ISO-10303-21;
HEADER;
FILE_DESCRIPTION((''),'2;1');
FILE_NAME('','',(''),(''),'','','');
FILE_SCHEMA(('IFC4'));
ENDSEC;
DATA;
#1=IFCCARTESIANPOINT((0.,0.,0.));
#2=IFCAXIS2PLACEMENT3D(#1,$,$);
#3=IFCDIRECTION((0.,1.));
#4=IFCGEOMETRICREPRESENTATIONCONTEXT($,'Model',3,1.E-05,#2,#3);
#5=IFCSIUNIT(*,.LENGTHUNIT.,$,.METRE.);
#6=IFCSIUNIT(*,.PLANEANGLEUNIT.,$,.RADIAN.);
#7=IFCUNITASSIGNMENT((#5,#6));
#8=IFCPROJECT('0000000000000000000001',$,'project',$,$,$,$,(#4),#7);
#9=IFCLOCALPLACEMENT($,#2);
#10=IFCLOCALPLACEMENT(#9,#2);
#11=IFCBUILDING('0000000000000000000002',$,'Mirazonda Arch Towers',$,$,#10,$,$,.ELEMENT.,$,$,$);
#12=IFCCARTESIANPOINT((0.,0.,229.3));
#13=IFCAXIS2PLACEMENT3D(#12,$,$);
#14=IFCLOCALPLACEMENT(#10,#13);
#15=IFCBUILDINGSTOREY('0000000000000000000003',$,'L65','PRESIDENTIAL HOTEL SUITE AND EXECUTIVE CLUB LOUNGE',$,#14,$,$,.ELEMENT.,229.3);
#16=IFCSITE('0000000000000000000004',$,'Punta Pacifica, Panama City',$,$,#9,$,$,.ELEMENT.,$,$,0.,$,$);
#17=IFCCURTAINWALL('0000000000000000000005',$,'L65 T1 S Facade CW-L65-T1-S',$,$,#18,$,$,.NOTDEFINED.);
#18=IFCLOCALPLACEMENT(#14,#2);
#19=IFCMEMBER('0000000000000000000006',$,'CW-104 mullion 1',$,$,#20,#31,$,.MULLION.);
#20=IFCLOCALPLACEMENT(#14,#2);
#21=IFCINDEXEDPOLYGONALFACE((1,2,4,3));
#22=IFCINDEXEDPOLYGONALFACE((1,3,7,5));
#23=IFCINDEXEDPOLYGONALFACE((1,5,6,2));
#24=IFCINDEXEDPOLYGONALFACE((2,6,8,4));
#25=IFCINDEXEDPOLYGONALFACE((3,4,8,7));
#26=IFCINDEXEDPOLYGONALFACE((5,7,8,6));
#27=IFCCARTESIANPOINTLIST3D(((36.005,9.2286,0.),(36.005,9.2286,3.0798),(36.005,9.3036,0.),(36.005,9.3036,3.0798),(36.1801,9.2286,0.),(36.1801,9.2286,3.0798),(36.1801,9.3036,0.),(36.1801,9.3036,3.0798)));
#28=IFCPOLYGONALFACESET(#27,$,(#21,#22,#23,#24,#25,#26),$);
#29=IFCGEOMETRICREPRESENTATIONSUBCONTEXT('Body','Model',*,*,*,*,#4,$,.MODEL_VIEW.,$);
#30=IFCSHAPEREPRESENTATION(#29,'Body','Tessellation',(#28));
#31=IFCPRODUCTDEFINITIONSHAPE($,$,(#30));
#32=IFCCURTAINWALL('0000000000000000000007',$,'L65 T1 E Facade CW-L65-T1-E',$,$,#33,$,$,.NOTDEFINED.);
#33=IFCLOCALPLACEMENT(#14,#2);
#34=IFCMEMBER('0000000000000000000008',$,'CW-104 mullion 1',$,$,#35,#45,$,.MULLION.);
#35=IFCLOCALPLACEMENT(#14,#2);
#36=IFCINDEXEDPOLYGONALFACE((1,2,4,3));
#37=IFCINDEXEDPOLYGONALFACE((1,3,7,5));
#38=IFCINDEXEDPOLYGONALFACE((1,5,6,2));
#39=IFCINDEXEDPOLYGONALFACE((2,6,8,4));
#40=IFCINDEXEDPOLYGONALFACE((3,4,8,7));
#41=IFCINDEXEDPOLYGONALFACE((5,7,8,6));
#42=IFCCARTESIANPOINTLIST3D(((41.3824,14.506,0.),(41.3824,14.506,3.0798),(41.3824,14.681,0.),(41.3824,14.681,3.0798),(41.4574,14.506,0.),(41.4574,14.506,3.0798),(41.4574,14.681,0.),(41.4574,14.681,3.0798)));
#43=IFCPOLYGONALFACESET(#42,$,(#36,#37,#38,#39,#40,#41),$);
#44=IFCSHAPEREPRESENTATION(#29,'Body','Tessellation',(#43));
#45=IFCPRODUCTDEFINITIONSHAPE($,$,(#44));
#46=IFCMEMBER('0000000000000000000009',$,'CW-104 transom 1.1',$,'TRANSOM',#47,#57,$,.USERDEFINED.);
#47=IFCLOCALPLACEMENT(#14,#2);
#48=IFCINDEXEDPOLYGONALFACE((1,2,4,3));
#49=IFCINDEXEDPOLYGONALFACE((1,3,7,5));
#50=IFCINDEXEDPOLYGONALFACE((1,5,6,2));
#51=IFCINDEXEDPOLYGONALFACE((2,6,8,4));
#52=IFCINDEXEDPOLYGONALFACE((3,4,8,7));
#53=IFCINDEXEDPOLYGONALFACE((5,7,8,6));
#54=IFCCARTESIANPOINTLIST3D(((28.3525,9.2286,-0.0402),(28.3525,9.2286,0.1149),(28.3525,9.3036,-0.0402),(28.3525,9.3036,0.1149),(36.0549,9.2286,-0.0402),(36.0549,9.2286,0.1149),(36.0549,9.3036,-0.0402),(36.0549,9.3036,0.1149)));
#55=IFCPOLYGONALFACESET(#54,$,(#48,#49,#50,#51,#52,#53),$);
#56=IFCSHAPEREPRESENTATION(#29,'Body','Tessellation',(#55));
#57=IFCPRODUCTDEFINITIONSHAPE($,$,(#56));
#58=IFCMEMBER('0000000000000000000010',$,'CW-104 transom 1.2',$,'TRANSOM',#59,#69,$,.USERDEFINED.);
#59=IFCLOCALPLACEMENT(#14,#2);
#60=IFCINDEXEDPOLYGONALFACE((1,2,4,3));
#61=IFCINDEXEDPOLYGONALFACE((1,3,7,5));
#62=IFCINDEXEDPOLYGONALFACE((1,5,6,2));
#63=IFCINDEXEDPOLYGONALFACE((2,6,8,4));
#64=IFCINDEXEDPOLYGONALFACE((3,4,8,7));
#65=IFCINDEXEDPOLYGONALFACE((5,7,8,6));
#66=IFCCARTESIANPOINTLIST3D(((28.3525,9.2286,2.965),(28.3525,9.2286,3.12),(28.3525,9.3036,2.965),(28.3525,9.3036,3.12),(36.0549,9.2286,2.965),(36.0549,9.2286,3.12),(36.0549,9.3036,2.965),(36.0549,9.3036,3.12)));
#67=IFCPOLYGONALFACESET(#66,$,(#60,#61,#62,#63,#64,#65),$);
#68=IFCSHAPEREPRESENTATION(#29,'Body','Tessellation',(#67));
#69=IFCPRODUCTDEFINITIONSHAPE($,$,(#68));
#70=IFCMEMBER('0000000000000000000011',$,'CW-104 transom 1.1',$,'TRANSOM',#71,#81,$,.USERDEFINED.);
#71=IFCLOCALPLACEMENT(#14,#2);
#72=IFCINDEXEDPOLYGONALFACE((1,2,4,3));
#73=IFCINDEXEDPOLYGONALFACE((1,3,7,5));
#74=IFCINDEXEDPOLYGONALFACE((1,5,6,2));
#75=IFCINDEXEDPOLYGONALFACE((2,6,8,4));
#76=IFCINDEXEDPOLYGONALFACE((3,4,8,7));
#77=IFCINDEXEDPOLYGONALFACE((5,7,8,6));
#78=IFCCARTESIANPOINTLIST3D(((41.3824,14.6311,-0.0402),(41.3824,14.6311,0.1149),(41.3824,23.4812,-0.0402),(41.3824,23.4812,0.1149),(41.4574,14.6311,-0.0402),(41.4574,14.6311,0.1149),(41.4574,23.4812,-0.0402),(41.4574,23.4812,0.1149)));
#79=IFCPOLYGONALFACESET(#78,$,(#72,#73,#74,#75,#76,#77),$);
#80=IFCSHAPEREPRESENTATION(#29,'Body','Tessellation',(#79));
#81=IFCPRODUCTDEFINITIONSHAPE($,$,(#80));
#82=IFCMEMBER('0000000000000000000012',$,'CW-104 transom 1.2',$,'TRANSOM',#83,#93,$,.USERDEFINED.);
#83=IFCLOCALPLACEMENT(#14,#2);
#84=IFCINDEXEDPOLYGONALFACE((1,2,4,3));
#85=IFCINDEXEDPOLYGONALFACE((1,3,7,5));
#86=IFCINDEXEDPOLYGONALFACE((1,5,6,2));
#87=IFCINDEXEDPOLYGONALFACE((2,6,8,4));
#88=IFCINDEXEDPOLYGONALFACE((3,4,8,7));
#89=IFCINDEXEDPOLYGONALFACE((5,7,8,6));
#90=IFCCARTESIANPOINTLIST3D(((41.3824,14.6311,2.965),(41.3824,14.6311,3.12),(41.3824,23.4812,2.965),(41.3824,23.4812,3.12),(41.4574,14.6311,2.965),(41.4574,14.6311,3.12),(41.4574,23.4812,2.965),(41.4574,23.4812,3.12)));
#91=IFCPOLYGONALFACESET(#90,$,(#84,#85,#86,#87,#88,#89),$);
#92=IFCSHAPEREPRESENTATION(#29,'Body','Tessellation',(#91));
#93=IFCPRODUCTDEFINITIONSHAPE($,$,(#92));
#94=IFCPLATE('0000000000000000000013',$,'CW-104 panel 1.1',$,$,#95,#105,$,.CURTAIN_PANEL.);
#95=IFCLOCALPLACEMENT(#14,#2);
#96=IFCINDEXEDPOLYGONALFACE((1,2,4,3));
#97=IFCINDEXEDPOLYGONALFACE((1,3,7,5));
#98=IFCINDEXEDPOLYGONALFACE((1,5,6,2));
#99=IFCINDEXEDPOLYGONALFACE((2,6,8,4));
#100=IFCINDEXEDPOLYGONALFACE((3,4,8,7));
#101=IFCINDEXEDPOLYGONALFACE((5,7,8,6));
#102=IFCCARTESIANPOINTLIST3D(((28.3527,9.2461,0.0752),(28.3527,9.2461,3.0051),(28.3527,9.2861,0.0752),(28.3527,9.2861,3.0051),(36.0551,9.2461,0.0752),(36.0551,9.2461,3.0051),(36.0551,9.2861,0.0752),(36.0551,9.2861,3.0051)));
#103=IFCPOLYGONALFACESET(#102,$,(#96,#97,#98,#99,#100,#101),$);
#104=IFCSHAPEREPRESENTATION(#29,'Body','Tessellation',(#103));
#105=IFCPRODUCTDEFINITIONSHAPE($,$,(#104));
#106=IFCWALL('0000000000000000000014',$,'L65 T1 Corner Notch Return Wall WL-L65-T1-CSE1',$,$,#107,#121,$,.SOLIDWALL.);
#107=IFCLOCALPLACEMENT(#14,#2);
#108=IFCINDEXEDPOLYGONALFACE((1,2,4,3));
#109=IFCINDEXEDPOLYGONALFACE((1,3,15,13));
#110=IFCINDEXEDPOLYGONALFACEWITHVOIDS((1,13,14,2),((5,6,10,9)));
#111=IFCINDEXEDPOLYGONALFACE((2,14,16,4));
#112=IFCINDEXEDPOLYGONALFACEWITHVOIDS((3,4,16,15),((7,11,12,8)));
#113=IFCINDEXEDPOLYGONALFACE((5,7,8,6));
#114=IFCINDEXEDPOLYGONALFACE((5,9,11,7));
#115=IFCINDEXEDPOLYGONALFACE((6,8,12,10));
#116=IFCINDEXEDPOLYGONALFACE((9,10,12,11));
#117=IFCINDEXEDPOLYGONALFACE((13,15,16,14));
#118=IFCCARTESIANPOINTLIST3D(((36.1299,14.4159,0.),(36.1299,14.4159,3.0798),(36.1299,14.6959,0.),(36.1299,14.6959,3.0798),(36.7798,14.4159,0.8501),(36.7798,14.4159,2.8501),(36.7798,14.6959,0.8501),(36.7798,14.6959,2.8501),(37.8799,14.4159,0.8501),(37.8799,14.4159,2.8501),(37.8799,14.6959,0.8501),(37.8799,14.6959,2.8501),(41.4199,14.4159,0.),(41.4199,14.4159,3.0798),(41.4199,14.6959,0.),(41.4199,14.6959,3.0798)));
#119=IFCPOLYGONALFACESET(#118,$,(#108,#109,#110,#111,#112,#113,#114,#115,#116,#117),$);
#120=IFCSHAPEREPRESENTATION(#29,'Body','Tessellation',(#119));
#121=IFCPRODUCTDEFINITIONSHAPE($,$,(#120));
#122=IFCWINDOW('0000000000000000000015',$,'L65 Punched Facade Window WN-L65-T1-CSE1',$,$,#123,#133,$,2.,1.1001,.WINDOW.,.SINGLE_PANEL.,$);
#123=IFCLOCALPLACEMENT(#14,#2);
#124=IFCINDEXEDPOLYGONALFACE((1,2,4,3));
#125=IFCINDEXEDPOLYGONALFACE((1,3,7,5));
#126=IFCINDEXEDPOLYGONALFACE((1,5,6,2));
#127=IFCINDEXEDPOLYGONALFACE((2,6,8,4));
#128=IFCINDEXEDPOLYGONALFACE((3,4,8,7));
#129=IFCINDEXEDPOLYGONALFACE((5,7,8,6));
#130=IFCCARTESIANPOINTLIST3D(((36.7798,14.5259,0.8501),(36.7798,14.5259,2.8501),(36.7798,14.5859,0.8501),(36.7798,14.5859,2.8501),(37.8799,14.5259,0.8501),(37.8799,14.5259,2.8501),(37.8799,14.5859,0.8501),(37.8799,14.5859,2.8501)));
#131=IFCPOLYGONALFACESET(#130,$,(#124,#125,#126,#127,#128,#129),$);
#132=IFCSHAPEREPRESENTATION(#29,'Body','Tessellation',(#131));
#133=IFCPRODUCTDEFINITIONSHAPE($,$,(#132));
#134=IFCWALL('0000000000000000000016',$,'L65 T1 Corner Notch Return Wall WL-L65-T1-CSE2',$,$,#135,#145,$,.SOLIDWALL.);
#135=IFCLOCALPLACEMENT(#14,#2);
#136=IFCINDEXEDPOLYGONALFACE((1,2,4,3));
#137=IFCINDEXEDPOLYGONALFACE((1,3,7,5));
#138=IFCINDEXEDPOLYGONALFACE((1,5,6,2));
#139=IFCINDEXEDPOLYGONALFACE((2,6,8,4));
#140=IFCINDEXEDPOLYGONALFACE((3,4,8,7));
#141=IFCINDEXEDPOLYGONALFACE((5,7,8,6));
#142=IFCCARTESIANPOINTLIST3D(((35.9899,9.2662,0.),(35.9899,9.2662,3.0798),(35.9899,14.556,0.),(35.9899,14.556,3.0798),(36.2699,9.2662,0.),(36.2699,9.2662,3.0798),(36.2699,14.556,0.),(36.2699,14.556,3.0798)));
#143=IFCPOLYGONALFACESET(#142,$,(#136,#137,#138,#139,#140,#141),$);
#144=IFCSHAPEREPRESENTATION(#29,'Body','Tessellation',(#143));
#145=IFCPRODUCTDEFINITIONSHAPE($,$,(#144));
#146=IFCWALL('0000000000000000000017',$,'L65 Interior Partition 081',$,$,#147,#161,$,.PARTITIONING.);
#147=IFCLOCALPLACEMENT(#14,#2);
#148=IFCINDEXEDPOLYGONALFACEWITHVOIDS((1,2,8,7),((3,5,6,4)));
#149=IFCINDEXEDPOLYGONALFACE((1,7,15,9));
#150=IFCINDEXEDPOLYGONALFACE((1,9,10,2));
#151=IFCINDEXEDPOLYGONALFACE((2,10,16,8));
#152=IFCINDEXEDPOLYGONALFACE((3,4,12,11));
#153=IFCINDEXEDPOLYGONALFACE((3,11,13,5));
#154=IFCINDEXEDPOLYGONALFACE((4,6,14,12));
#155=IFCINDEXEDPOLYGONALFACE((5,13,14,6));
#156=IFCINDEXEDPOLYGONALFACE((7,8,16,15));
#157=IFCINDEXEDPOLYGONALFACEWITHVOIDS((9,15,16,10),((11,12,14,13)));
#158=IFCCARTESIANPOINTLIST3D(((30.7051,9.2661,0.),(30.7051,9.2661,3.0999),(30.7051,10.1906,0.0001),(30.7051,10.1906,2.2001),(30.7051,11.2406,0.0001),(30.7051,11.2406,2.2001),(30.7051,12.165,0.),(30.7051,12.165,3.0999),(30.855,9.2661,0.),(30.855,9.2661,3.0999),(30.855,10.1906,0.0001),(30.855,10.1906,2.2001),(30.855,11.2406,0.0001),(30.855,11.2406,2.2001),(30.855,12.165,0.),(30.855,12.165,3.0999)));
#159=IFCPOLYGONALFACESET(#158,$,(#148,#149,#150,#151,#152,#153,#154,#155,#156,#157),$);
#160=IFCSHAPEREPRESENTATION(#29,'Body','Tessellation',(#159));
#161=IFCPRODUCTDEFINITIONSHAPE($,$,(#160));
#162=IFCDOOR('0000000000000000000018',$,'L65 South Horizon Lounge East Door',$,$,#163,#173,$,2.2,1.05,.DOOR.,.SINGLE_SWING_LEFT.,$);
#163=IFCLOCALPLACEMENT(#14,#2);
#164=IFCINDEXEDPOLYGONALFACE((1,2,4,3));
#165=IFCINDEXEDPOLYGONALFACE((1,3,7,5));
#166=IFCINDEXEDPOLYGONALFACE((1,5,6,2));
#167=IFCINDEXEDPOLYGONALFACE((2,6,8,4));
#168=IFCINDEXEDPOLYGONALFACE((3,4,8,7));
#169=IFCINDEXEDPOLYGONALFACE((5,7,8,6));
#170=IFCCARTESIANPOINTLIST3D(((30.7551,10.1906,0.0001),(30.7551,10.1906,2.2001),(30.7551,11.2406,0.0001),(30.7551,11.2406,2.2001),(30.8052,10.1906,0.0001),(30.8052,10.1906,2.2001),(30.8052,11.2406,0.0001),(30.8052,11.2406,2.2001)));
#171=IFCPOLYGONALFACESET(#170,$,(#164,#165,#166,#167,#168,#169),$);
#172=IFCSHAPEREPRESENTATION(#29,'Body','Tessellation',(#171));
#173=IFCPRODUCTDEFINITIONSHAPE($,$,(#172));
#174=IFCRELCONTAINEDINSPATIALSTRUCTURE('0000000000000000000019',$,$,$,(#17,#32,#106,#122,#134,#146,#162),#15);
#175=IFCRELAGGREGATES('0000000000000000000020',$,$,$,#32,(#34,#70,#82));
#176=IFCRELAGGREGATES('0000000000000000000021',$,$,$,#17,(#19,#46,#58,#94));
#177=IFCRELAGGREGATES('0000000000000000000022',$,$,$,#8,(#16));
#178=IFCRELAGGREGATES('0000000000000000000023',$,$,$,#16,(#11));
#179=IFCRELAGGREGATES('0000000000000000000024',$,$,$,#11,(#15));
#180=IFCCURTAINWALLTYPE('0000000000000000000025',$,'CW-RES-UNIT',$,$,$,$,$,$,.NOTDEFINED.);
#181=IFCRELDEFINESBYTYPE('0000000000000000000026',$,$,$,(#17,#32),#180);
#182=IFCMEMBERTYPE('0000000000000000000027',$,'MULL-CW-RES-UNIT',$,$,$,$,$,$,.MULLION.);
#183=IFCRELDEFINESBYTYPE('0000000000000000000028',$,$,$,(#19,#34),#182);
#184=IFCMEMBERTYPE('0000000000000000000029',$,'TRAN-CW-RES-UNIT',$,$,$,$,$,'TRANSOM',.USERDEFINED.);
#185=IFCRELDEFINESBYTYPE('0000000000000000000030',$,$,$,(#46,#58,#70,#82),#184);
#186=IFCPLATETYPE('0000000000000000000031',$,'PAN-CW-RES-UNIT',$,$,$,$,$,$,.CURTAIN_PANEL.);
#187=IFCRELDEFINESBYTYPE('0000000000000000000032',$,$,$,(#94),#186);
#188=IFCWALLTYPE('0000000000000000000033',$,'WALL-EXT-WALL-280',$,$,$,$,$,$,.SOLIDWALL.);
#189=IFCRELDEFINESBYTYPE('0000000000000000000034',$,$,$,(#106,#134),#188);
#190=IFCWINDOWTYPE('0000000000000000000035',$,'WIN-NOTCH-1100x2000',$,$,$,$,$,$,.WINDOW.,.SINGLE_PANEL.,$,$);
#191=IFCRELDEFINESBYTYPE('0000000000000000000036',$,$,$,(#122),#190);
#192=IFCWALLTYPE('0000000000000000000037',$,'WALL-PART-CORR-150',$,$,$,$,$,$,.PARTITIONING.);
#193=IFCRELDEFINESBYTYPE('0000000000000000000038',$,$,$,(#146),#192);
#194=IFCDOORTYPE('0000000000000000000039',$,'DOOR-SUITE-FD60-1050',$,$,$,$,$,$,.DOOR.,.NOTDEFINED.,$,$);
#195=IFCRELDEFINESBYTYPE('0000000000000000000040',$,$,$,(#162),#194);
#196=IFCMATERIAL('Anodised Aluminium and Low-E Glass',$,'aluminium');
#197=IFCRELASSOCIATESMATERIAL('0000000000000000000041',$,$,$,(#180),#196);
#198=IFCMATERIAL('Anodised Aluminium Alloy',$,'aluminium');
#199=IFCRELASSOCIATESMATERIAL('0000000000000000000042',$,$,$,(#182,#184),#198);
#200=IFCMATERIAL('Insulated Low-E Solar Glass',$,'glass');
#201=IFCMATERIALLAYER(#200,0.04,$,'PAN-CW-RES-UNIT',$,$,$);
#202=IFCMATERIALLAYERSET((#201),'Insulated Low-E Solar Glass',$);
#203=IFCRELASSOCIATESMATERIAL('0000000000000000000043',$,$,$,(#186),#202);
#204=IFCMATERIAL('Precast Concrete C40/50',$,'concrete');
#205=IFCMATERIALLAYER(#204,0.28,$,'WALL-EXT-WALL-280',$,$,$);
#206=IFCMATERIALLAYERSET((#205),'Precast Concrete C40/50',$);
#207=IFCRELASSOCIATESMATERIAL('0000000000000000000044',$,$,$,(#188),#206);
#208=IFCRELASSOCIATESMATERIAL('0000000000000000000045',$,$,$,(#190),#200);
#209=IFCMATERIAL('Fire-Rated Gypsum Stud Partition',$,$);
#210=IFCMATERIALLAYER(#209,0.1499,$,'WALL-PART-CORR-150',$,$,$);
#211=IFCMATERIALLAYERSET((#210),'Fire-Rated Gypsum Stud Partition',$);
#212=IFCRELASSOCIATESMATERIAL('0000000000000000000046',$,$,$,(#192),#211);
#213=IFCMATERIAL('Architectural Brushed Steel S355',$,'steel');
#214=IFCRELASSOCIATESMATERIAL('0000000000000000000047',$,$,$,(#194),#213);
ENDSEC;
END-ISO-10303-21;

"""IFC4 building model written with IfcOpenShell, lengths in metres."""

from ifc_helpers import new_model, si_unit, direction, frame, frame_2d, origin, origin_2d, place, context, subcontext, project, spatial, rectangle, extrude, material, layer, layer_set, material_profile, profile_set, type_object, element, fill, aggregate, save


model = new_model("IFC4")

# Units and contexts
model_context = context("Model", 3, precision=1e-05, world=origin(), true_north=direction((0.0, 1.0)))
body_context = subcontext(model_context, "Body", "Model", "MODEL_VIEW")
ifc_project = project(units=[si_unit("LENGTHUNIT", "METRE"), si_unit("PLANEANGLEUNIT", "RADIAN")], contexts=[model_context])

# Site, building, storey
site_placement = place(None, origin())
site = spatial("IfcSite", under=ifc_project, at=site_placement, Name="Punta Pacifica, Panama City", CompositionType="ELEMENT", RefElevation=0.0)
building_placement = place(site_placement, origin())
building = spatial("IfcBuilding", under=site, at=building_placement, Name="Mirazonda Arch Towers", CompositionType="ELEMENT")
storey_placement = place(building_placement, frame((0.0, 0.0, 229.3)))
storey = spatial("IfcBuildingStorey", under=building, at=storey_placement, Name="L65", Description="PRESIDENTIAL HOTEL SUITE AND EXECUTIVE CLUB LOUNGE", CompositionType="ELEMENT", Elevation=229.3)

# Curtain walls, members
ifc_material_1 = material(Name="Anodised Aluminium and Low-E Glass", Category="aluminium")
curtain_wall_type = type_object("IfcCurtainWallType", Name="CW-RES-UNIT", PredefinedType="NOTDEFINED", material=ifc_material_1)
curtain_wall_1_placement = place(storey_placement, origin())
curtain_wall_1 = element("IfcCurtainWall", 1, at=curtain_wall_1_placement, inside=storey, type_object=curtain_wall_type, Name="L65 T1 S Facade CW-L65-T1-S", PredefinedType="NOTDEFINED")
ifc_material_2 = material(Name="Anodised Aluminium Alloy", Category="aluminium")
ifc_material_profile_1 = material_profile(ifc_material_2, rectangle(XDim=0.075, YDim=0.175, at=origin_2d()), Name="ALU-MULL-75x175")
ifc_profile_set_1 = profile_set([ifc_material_profile_1], Name="Anodised Aluminium Alloy")
member_type_1 = type_object("IfcMemberType", Name="MULL-CW-RES-UNIT", PredefinedType="MULLION", material=ifc_profile_set_1)
member_1_placement = place(storey_placement, frame((36.0925, 9.2661, 0.0), z_axis=(0.0, 0.0, 1.0), x_axis=(0.0, -1.0, 0.0)))
member_1 = element("IfcMember", 2, at=member_1_placement, type_object=member_type_1, Name="CW-104 mullion 1", PredefinedType="MULLION", context=body_context, shape_type="SweptSolid", body=[
    extrude(rectangle(XDim=0.075, YDim=0.175, at=origin_2d()), origin(), (0.0, 0.0, 1.0), 3.0798),
])
curtain_wall_2_placement = place(storey_placement, origin())
curtain_wall_2 = element("IfcCurtainWall", 3, at=curtain_wall_2_placement, inside=storey, type_object=curtain_wall_type, Name="L65 T1 E Facade CW-L65-T1-E", PredefinedType="NOTDEFINED")
member_2_placement = place(storey_placement, frame((41.4199, 14.5935, 0.0), z_axis=(0.0, 0.0, 1.0), x_axis=(-1.0, 0.0, 0.0)))
member_2 = element("IfcMember", 4, at=member_2_placement, type_object=member_type_1, Name="CW-104 mullion 1", PredefinedType="MULLION", context=body_context, shape_type="SweptSolid", body=[
    extrude(rectangle(XDim=0.075, YDim=0.175, at=origin_2d()), origin(), (0.0, 0.0, 1.0), 3.0798),
])

# Members
ifc_material_profile_2 = material_profile(ifc_material_2, rectangle(XDim=0.075, YDim=0.155, at=origin_2d()), Name="ALU-TRAN-75x155")
ifc_profile_set_2 = profile_set([ifc_material_profile_2], Name="Anodised Aluminium Alloy")
member_type_2 = type_object("IfcMemberType", Name="TRAN-CW-RES-UNIT", ElementType="TRANSOM", PredefinedType="USERDEFINED", material=ifc_profile_set_2)
member_3_placement = place(storey_placement, frame((36.0549, 9.2661, 0.0374), z_axis=(-1.0, 0.0, 0.0), x_axis=(0.0, -1.0, 0.0)))
member_3 = element("IfcMember", 5, at=member_3_placement, type_object=member_type_2, Name="CW-104 transom 1.1", ObjectType="TRANSOM", PredefinedType="USERDEFINED", context=body_context, shape_type="SweptSolid", body=[
    extrude(rectangle(XDim=0.075, YDim=0.155, at=origin_2d()), origin(), (0.0, 0.0, 1.0), 7.7024),
])
member_4_placement = place(storey_placement, frame((36.0549, 9.2661, 3.0425), z_axis=(-1.0, 0.0, 0.0), x_axis=(0.0, -1.0, 0.0)))
member_4 = element("IfcMember", 6, at=member_4_placement, type_object=member_type_2, Name="CW-104 transom 1.2", ObjectType="TRANSOM", PredefinedType="USERDEFINED", context=body_context, shape_type="SweptSolid", body=[
    extrude(rectangle(XDim=0.075, YDim=0.155, at=origin_2d()), origin(), (0.0, 0.0, 1.0), 7.7024),
])
member_5_placement = place(storey_placement, frame((41.4199, 14.6311, 0.0374), z_axis=(0.0, 1.0, 0.0), x_axis=(-1.0, 0.0, 0.0)))
member_5 = element("IfcMember", 7, at=member_5_placement, type_object=member_type_2, Name="CW-104 transom 1.1", ObjectType="TRANSOM", PredefinedType="USERDEFINED", context=body_context, shape_type="SweptSolid", body=[
    extrude(rectangle(XDim=0.075, YDim=0.155, at=origin_2d()), origin(), (0.0, 0.0, 1.0), 8.8501),
])
member_6_placement = place(storey_placement, frame((41.4199, 14.6311, 3.0425), z_axis=(0.0, 1.0, 0.0), x_axis=(-1.0, 0.0, 0.0)))
member_6 = element("IfcMember", 8, at=member_6_placement, type_object=member_type_2, Name="CW-104 transom 1.2", ObjectType="TRANSOM", PredefinedType="USERDEFINED", context=body_context, shape_type="SweptSolid", body=[
    extrude(rectangle(XDim=0.075, YDim=0.155, at=origin_2d()), origin(), (0.0, 0.0, 1.0), 8.8501),
])
aggregate(curtain_wall_2, [member_2, member_5, member_6])

# Plate
ifc_material_3 = material(Name="Insulated Low-E Solar Glass", Category="glass")
ifc_layer_1 = layer(ifc_material_3, 0.04, Name="PAN-CW-RES-UNIT")
ifc_layer_set_1 = layer_set([ifc_layer_1], Name="Insulated Low-E Solar Glass")
plate_type = type_object("IfcPlateType", Name="PAN-CW-RES-UNIT", PredefinedType="CURTAIN_PANEL", material=ifc_layer_set_1)
plate_placement = place(storey_placement, frame((32.2039, 9.2661, 0.0752), z_axis=(0.0, 0.0, 1.0), x_axis=(-1.0, 0.0, 0.0)))
plate = element("IfcPlate", 9, at=plate_placement, type_object=plate_type, Name="CW-104 panel 1.1", PredefinedType="CURTAIN_PANEL", context=body_context, shape_type="SweptSolid", body=[
    extrude(rectangle(XDim=7.7024, YDim=0.04, at=origin_2d()), origin(), (0.0, 0.0, 1.0), 2.9299),
])
aggregate(curtain_wall_1, [member_1, member_3, member_4, plate])

# Wall, opening, window
ifc_material_4 = material(Name="Precast Concrete C40/50", Category="concrete")
ifc_layer_2 = layer(ifc_material_4, 0.28, Name="WALL-EXT-WALL-280")
ifc_layer_set_2 = layer_set([ifc_layer_2], Name="Precast Concrete C40/50")
wall_type_1 = type_object("IfcWallType", Name="WALL-EXT-WALL-280", PredefinedType="SOLIDWALL", material=ifc_layer_set_2)
wall_1_placement = place(storey_placement, frame((36.1299, 14.5559, 0.0), z_axis=(0.0, 0.0, 1.0), x_axis=(1.0, 0.0, 0.0)))
wall_1 = element("IfcWall", 10, at=wall_1_placement, inside=storey, type_object=wall_type_1, Name="L65 T1 Corner Notch Return Wall WL-L65-T1-CSE1", PredefinedType="SOLIDWALL", context=body_context, shape_type="SweptSolid", body=[
    extrude(rectangle(XDim=5.29, YDim=0.28, at=frame_2d((2.645, 0.0))), origin(), (0.0, 0.0, 1.0), 3.0798),
])
opening_1_placement = place(wall_1_placement, frame((0.6499, 0.0, 0.8501)))
opening_1 = element("IfcOpeningElement", 11, at=opening_1_placement, cuts=wall_1, PredefinedType="OPENING", context=body_context, shape_type="SweptSolid", body=[
    extrude(rectangle(XDim=1.1001, YDim=2.0, at=frame_2d((0.55, 1.0))), frame((0.0, 0.1499, 0.0), z_axis=(0.0, -1.0, 0.0), x_axis=(1.0, 0.0, 0.0)), (0.0, 0.0, 1.0), 0.3),
])
window_type = type_object("IfcWindowType", Name="WIN-NOTCH-1100x2000", PartitioningType="SINGLE_PANEL", PredefinedType="WINDOW", material=ifc_material_3)
window_placement = place(opening_1_placement, origin())
window = element("IfcWindow", 12, at=window_placement, inside=storey, type_object=window_type, Name="L65 Punched Facade Window WN-L65-T1-CSE1", OverallHeight=2.0, OverallWidth=1.1001, PartitioningType="SINGLE_PANEL", PredefinedType="WINDOW", context=body_context, shape_type="SweptSolid", body=[
    extrude(rectangle(XDim=1.1001, YDim=2.0, at=frame_2d((0.55, 1.0))), frame((0.0, 0.03, 0.0), z_axis=(0.0, -1.0, 0.0), x_axis=(1.0, 0.0, 0.0)), (0.0, 0.0, 1.0), 0.0601),
])
fill(opening_1, window)

# Wall
wall_2_placement = place(storey_placement, frame((36.1299, 9.2661, 0.0), z_axis=(0.0, 0.0, 1.0), x_axis=(0.0, 1.0, 0.0)))
element("IfcWall", 13, at=wall_2_placement, inside=storey, type_object=wall_type_1, Name="L65 T1 Corner Notch Return Wall WL-L65-T1-CSE2", PredefinedType="SOLIDWALL", context=body_context, shape_type="SweptSolid", body=[
    extrude(rectangle(XDim=5.2898, YDim=0.28, at=frame_2d((2.645, 0.0))), origin(), (0.0, 0.0, 1.0), 3.0798),
])

# Wall, opening, door
ifc_material_5 = material(Name="Fire-Rated Gypsum Stud Partition")
ifc_layer_3 = layer(ifc_material_5, 0.1499, Name="WALL-PART-CORR-150")
ifc_layer_set_3 = layer_set([ifc_layer_3], Name="Fire-Rated Gypsum Stud Partition")
wall_type_2 = type_object("IfcWallType", Name="WALL-PART-CORR-150", PredefinedType="PARTITIONING", material=ifc_layer_set_3)
wall_3_placement = place(storey_placement, frame((30.78, 9.2661, 0.0), z_axis=(0.0, 0.0, 1.0), x_axis=(0.0, 1.0, 0.0)))
wall_3 = element("IfcWall", 14, at=wall_3_placement, inside=storey, type_object=wall_type_2, Name="L65 Interior Partition 081", PredefinedType="PARTITIONING", context=body_context, shape_type="SweptSolid", body=[
    extrude(rectangle(XDim=2.8989, YDim=0.1499, at=frame_2d((1.4495, 0.0))), origin(), (0.0, 0.0, 1.0), 3.0999),
])
opening_2_placement = place(wall_3_placement, frame((0.9246, 0.0, 0.0)))
opening_2 = element("IfcOpeningElement", 15, at=opening_2_placement, cuts=wall_3, PredefinedType="OPENING", context=body_context, shape_type="SweptSolid", body=[
    extrude(rectangle(XDim=1.05, YDim=2.2, at=frame_2d((0.5249, 1.1001))), frame((0.0, 0.085, 0.0), z_axis=(0.0, -1.0, 0.0), x_axis=(1.0, 0.0, 0.0)), (0.0, 0.0, 1.0), 0.1699),
])
ifc_material_6 = material(Name="Architectural Brushed Steel S355", Category="steel")
door_type_1 = type_object("IfcDoorType", Name="DOOR-SUITE-FD60-1050", OperationType="NOTDEFINED", PredefinedType="DOOR", material=ifc_material_6)
door_1_placement = place(opening_2_placement, origin())
door_1 = element("IfcDoor", 16, at=door_1_placement, inside=storey, type_object=door_type_1, Name="L65 South Horizon Lounge East Door", OperationType="SINGLE_SWING_LEFT", OverallHeight=2.2, OverallWidth=1.05, PredefinedType="DOOR", context=body_context, shape_type="SweptSolid", body=[
    extrude(rectangle(XDim=1.05, YDim=2.2, at=frame_2d((0.5249, 1.1001))), frame((0.0, 0.0249, 0.0), z_axis=(0.0, -1.0, 0.0), x_axis=(1.0, 0.0, 0.0)), (0.0, 0.0, 1.0), 0.05),
])
fill(opening_2, door_1)

save(model, "model.ifc")
